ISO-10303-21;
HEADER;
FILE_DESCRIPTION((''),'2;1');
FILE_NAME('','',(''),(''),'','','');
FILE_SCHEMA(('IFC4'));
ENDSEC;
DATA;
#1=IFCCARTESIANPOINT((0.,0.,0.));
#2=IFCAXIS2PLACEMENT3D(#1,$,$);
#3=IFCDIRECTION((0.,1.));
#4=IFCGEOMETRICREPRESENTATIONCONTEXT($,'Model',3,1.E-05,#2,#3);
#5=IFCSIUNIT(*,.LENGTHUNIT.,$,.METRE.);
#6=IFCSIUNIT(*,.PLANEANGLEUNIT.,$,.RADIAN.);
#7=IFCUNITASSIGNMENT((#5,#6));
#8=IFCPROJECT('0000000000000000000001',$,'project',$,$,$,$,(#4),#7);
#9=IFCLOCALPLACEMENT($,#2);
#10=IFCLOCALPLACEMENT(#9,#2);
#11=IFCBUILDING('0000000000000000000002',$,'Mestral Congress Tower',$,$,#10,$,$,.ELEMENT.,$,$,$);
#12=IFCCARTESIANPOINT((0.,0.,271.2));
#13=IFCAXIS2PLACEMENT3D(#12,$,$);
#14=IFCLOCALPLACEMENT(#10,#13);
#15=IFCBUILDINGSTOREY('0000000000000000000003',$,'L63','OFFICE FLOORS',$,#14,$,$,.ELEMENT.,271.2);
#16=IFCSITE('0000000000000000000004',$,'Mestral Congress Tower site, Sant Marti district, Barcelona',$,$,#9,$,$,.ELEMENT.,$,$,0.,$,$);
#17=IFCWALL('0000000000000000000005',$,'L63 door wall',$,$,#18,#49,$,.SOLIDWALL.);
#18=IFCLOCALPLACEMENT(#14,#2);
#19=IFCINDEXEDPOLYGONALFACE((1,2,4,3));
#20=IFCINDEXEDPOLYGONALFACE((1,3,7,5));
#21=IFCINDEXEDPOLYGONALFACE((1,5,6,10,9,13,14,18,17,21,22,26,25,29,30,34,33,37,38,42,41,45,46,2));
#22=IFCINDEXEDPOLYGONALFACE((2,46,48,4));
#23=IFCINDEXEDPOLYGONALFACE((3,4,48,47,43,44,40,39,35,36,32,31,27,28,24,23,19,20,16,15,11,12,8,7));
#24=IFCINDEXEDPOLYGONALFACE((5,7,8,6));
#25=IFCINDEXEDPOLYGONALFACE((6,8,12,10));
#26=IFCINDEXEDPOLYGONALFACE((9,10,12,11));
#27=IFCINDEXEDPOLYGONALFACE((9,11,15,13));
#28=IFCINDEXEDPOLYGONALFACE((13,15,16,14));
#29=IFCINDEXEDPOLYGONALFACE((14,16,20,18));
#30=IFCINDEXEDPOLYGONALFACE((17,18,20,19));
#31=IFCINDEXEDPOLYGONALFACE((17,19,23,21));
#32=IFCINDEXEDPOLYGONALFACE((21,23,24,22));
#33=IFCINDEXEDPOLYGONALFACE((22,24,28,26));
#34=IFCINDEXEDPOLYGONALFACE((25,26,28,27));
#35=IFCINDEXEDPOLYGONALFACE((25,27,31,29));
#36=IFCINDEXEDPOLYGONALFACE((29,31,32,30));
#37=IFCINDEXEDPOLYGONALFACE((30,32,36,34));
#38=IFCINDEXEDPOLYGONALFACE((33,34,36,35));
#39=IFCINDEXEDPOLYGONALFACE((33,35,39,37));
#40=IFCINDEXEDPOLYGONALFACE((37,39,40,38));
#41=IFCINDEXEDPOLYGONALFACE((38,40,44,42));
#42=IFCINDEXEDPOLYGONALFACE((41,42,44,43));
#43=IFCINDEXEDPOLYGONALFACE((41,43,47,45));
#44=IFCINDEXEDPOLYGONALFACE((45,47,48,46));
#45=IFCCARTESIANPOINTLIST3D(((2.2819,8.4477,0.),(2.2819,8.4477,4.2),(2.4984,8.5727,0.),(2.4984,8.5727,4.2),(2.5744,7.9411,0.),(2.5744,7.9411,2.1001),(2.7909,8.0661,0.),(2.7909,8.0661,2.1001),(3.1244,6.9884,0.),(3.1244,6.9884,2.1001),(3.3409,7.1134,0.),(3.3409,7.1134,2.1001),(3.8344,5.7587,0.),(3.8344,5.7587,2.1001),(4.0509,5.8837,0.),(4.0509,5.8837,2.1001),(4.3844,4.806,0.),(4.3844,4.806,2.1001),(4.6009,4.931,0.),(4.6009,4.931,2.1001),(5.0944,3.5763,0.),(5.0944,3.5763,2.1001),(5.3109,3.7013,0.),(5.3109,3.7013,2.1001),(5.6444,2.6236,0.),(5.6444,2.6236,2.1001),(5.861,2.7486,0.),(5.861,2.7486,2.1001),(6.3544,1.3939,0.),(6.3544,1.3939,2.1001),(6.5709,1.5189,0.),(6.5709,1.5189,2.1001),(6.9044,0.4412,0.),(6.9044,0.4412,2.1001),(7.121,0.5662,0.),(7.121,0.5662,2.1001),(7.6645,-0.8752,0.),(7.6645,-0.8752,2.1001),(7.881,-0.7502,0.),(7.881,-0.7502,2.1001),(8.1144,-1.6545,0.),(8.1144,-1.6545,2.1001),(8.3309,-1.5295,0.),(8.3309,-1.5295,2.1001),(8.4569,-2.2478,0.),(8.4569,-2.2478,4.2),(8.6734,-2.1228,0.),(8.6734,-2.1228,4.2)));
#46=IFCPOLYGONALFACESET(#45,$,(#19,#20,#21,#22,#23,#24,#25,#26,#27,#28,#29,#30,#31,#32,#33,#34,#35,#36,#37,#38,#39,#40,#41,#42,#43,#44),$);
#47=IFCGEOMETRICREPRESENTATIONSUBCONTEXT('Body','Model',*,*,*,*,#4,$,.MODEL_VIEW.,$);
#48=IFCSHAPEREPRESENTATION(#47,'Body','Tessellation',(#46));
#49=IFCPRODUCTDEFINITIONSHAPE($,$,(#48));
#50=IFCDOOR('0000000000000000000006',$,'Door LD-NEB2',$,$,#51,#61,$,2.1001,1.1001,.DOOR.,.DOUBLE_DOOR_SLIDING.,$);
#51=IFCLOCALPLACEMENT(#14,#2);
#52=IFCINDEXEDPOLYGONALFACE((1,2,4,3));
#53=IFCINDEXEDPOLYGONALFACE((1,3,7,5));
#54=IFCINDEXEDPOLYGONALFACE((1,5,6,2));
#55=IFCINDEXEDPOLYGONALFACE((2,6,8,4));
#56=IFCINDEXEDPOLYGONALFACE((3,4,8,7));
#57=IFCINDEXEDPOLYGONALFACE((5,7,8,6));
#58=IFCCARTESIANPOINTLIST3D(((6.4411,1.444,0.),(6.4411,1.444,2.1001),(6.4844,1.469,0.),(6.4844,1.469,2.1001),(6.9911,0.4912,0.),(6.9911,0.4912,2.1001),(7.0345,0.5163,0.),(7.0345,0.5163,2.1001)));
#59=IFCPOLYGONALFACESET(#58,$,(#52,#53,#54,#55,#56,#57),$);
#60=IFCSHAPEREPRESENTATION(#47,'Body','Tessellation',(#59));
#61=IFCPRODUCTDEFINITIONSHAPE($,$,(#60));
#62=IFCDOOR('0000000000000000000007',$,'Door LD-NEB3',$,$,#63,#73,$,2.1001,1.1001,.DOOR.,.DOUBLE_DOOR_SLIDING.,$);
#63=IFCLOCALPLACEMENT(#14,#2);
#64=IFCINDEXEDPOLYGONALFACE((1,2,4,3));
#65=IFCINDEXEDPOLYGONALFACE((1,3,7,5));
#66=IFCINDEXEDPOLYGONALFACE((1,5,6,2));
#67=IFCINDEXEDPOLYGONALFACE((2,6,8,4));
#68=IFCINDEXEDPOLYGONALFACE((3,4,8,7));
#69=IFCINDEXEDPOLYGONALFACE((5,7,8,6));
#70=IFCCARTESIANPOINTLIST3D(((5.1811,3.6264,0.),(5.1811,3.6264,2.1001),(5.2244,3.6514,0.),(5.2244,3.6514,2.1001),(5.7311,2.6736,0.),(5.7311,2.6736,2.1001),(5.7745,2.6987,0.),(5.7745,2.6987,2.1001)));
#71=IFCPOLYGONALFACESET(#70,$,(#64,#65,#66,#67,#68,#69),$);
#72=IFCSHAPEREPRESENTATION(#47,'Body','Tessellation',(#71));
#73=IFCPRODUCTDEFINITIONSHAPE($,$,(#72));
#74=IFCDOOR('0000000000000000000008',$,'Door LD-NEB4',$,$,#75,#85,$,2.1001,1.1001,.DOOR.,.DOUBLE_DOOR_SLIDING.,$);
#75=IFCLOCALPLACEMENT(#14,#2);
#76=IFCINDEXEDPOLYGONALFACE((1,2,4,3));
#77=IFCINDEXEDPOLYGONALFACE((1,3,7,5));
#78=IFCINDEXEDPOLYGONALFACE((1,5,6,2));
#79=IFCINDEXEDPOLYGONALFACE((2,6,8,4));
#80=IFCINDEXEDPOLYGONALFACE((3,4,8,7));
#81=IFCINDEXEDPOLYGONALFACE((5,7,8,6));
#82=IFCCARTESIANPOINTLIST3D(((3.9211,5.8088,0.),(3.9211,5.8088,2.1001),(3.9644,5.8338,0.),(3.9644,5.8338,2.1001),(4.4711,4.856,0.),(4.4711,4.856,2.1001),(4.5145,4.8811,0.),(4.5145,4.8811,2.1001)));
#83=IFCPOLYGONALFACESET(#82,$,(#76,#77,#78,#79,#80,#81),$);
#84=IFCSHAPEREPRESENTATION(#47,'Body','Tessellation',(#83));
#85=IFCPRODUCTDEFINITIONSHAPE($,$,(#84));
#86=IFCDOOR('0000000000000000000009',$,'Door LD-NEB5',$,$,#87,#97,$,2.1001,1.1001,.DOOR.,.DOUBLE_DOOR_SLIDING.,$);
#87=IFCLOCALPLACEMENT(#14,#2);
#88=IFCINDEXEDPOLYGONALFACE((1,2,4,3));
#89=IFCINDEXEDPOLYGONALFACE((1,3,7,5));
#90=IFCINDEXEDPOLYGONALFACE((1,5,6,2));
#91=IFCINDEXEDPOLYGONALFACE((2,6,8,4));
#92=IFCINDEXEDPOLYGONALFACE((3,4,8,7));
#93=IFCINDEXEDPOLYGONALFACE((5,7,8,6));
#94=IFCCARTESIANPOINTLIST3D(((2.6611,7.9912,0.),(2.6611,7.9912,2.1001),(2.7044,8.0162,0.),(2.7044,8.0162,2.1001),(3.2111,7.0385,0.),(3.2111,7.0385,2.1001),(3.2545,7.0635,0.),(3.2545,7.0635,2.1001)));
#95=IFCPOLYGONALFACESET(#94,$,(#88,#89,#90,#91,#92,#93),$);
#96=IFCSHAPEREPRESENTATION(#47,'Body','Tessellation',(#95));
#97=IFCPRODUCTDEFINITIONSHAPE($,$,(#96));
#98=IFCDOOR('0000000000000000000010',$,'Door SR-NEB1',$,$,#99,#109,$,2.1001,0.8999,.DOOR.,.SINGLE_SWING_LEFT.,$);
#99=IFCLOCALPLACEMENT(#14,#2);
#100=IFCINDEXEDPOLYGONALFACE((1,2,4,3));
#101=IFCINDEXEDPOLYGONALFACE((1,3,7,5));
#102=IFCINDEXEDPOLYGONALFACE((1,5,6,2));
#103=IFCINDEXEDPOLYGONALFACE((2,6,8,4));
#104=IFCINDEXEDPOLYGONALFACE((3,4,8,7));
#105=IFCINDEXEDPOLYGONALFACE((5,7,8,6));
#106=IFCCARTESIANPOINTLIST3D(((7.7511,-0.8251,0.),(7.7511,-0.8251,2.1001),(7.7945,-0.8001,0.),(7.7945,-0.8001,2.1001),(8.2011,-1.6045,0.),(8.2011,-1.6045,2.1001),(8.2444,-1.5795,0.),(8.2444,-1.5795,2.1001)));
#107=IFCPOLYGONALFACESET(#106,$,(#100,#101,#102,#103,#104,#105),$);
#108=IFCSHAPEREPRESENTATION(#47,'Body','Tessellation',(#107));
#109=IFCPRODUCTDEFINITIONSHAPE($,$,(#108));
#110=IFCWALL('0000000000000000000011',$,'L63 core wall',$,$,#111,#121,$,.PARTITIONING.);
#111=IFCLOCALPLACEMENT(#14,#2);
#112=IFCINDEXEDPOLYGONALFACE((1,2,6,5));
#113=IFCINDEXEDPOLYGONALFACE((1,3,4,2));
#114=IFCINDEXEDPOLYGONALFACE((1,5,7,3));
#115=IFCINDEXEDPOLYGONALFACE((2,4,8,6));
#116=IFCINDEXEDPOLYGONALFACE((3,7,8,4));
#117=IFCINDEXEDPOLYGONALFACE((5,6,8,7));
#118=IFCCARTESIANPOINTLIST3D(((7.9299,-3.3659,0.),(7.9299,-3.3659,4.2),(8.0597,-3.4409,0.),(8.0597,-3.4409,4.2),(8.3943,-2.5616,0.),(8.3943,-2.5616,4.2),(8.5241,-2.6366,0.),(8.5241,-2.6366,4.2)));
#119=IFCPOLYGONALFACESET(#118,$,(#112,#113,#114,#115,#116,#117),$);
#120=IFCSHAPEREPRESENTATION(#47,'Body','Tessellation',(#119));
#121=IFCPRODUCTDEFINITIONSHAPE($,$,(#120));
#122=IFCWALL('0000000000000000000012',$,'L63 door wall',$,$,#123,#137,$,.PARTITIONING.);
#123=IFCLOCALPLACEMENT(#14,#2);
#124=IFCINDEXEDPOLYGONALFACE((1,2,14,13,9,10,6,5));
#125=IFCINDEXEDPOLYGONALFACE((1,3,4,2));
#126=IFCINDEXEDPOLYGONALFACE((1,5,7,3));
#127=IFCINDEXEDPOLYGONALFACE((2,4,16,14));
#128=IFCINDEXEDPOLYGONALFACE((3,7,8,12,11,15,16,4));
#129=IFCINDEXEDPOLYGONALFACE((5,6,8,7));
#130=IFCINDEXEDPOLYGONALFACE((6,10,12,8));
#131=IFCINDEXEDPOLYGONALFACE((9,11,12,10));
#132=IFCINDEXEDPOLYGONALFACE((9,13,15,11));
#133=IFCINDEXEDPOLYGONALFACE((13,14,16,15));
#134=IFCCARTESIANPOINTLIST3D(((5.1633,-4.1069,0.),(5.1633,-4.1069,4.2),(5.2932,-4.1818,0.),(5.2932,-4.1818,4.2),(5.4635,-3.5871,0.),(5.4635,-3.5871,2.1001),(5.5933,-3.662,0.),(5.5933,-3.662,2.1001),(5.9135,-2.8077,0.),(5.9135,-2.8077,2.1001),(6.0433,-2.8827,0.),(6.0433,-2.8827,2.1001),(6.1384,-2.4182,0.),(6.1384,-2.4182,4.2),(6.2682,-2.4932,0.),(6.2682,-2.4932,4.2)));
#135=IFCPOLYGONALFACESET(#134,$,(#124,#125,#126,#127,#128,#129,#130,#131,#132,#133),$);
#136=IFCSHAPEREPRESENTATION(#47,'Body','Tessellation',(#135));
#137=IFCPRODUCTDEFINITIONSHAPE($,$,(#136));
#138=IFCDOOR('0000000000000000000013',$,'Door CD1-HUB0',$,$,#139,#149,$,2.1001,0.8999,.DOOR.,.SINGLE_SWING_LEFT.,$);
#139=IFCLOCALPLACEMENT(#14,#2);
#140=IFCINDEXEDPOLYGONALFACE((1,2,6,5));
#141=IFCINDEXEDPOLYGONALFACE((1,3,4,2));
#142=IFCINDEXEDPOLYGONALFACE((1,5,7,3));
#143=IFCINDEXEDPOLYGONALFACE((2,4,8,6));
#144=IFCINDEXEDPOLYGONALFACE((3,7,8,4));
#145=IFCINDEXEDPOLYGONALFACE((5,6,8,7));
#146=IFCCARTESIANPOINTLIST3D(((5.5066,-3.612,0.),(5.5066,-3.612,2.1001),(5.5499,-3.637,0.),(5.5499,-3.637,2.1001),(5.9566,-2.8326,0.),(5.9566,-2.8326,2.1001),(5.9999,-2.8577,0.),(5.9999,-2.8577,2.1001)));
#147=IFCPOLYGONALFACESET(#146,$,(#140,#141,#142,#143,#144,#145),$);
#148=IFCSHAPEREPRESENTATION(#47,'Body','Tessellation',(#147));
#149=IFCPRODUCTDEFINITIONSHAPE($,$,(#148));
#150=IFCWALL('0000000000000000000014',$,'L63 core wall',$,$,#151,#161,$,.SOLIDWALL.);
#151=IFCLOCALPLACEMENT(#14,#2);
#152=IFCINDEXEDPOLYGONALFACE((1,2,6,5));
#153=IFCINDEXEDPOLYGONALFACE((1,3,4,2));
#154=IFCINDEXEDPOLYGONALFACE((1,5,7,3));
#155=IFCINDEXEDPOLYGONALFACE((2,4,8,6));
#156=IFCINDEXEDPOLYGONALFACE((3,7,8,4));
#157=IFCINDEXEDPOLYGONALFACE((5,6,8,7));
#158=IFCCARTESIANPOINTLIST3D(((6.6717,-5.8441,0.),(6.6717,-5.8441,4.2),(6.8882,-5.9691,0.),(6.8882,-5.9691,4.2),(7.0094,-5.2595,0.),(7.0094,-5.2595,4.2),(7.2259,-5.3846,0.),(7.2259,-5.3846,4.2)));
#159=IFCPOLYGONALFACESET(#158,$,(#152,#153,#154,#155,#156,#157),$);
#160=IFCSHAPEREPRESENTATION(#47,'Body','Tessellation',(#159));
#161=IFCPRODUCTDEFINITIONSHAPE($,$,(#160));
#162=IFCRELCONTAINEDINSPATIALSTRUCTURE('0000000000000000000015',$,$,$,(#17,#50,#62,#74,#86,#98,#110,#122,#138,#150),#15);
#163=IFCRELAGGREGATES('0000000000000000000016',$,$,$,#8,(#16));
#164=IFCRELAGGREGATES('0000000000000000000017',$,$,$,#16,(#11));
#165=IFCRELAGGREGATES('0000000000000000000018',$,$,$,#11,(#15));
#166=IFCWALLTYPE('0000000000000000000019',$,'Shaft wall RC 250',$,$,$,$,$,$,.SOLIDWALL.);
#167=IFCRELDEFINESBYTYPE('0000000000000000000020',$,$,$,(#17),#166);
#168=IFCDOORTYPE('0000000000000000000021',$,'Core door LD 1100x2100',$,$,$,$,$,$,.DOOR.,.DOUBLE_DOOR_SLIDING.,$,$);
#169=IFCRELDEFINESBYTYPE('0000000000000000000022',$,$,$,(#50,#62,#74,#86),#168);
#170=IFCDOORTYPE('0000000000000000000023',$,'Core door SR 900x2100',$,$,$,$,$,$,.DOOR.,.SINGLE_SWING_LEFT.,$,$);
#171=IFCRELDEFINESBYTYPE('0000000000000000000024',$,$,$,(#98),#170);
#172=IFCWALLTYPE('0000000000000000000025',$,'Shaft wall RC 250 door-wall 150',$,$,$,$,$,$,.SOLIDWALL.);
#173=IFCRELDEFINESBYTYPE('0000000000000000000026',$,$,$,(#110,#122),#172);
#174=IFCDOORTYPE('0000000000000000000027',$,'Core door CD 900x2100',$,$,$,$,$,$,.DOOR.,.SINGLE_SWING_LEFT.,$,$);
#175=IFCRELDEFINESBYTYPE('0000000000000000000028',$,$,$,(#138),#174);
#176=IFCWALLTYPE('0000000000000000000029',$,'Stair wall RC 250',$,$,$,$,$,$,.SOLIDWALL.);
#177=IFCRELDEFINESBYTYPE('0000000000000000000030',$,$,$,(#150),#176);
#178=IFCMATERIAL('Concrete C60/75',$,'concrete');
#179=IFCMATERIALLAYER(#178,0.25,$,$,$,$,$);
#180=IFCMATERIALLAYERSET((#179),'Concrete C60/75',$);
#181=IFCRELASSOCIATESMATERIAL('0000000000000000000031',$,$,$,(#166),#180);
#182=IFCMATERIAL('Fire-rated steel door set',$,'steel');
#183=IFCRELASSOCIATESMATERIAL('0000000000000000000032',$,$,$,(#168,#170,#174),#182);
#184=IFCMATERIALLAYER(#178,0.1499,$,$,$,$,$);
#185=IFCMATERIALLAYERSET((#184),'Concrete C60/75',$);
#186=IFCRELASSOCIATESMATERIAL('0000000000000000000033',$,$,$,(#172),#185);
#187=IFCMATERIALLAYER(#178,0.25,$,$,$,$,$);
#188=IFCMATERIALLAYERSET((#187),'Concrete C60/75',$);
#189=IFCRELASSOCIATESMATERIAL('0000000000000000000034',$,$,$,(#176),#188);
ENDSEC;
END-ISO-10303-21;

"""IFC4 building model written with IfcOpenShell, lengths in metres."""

from ifc_helpers import new_model, si_unit, direction, frame, frame_2d, origin, place, context, subcontext, project, spatial, rectangle, extrude, material, layer, layer_set, type_object, element, fill, save


model = new_model("IFC4")

# Units and contexts
model_context = context("Model", 3, precision=1e-05, world=origin(), true_north=direction((0.0, 1.0)))
body_context = subcontext(model_context, "Body", "Model", "MODEL_VIEW")
ifc_project = project(units=[si_unit("LENGTHUNIT", "METRE"), si_unit("PLANEANGLEUNIT", "RADIAN")], contexts=[model_context])

# Site, building, storey
site_placement = place(None, origin())
site = spatial("IfcSite", under=ifc_project, at=site_placement, Name="Mestral Congress Tower site, Sant Marti district, Barcelona", CompositionType="ELEMENT", RefElevation=0.0)
building_placement = place(site_placement, origin())
building = spatial("IfcBuilding", under=site, at=building_placement, Name="Mestral Congress Tower", CompositionType="ELEMENT")
storey_placement = place(building_placement, frame((0.0, 0.0, 271.2)))
storey = spatial("IfcBuildingStorey", under=building, at=storey_placement, Name="L63", Description="OFFICE FLOORS", CompositionType="ELEMENT", Elevation=271.2)

# Shared definitions
ifc_material_1 = material(Name="Fire-rated steel door set", Category="steel")

# Shared definitions
ifc_material_2 = material(Name="Concrete C60/75", Category="concrete")
ifc_layer_1 = layer(ifc_material_2, 0.25)
ifc_layer_set_1 = layer_set([ifc_layer_1], Name="Concrete C60/75")
wall_type_1 = type_object("IfcWallType", Name="Shaft wall RC 250", PredefinedType="SOLIDWALL", material=ifc_layer_set_1)

# Wall, openings, doors
wall_1_placement = place(storey_placement, frame((8.5652, -2.1853, 0.0), z_axis=(0.0, 0.0, 1.0), x_axis=(-0.499998, 0.866027, 0.0)))
wall_1 = element("IfcWall", 1, at=wall_1_placement, inside=storey, type_object=wall_type_1, Name="L63 door wall", PredefinedType="SOLIDWALL", context=body_context, shape_type="SweptSolid", body=[
    extrude(rectangle(XDim=12.3501, YDim=0.25, at=frame_2d((6.175, 0.0))), origin(), (0.0, 0.0, 1.0), 4.2),
])
opening_1_placement = place(wall_1_placement, frame((0.6851, 0.0, 0.0)))
opening_1 = element("IfcOpeningElement", 2, at=opening_1_placement, cuts=wall_1, PredefinedType="OPENING", context=body_context, shape_type="SweptSolid", body=[
    extrude(rectangle(XDim=0.8999, YDim=2.1001, at=frame_2d((0.45, 1.05))), frame((0.0, 0.135, 0.0), z_axis=(0.0, -1.0, 0.0), x_axis=(1.0, 0.0, 0.0)), (0.0, 0.0, 1.0), 0.27),
])
opening_2_placement = place(wall_1_placement, frame((3.105, 0.0, 0.0)))
opening_2 = element("IfcOpeningElement", 3, at=opening_2_placement, cuts=wall_1, PredefinedType="OPENING", context=body_context, shape_type="SweptSolid", body=[
    extrude(rectangle(XDim=1.1001, YDim=2.1001, at=frame_2d((0.55, 1.05))), frame((0.0, 0.135, 0.0), z_axis=(0.0, -1.0, 0.0), x_axis=(1.0, 0.0, 0.0)), (0.0, 0.0, 1.0), 0.27),
])
opening_3_placement = place(wall_1_placement, frame((5.625, 0.0, 0.0)))
opening_3 = element("IfcOpeningElement", 4, at=opening_3_placement, cuts=wall_1, PredefinedType="OPENING", context=body_context, shape_type="SweptSolid", body=[
    extrude(rectangle(XDim=1.1001, YDim=2.1001, at=frame_2d((0.55, 1.05))), frame((0.0, 0.135, 0.0), z_axis=(0.0, -1.0, 0.0), x_axis=(1.0, 0.0, 0.0)), (0.0, 0.0, 1.0), 0.27),
])
opening_4_placement = place(wall_1_placement, frame((8.145, 0.0, 0.0)))
opening_4 = element("IfcOpeningElement", 5, at=opening_4_placement, cuts=wall_1, PredefinedType="OPENING", context=body_context, shape_type="SweptSolid", body=[
    extrude(rectangle(XDim=1.1001, YDim=2.1001, at=frame_2d((0.55, 1.05))), frame((0.0, 0.135, 0.0), z_axis=(0.0, -1.0, 0.0), x_axis=(1.0, 0.0, 0.0)), (0.0, 0.0, 1.0), 0.27),
])
opening_5_placement = place(wall_1_placement, frame((10.665, 0.0, 0.0)))
opening_5 = element("IfcOpeningElement", 6, at=opening_5_placement, cuts=wall_1, PredefinedType="OPENING", context=body_context, shape_type="SweptSolid", body=[
    extrude(rectangle(XDim=1.1001, YDim=2.1001, at=frame_2d((0.55, 1.05))), frame((0.0, 0.135, 0.0), z_axis=(0.0, -1.0, 0.0), x_axis=(1.0, 0.0, 0.0)), (0.0, 0.0, 1.0), 0.27),
])
door_type_1 = type_object("IfcDoorType", Name="Core door LD 1100x2100", OperationType="DOUBLE_DOOR_SLIDING", PredefinedType="DOOR", material=ifc_material_1)
door_1_placement = place(opening_2_placement, origin())
door_1 = element("IfcDoor", 7, at=door_1_placement, inside=storey, type_object=door_type_1, Name="Door LD-NEB2", OperationType="DOUBLE_DOOR_SLIDING", OverallHeight=2.1001, OverallWidth=1.1001, PredefinedType="DOOR", context=body_context, shape_type="SweptSolid", body=[
    extrude(rectangle(XDim=1.1001, YDim=2.1001, at=frame_2d((0.55, 1.05))), frame((0.0, 0.0249, 0.0), z_axis=(0.0, -1.0, 0.0), x_axis=(1.0, 0.0, 0.0)), (0.0, 0.0, 1.0), 0.05),
])
fill(opening_2, door_1)
door_2_placement = place(opening_3_placement, origin())
door_2 = element("IfcDoor", 8, at=door_2_placement, inside=storey, type_object=door_type_1, Name="Door LD-NEB3", OperationType="DOUBLE_DOOR_SLIDING", OverallHeight=2.1001, OverallWidth=1.1001, PredefinedType="DOOR", context=body_context, shape_type="SweptSolid", body=[
    extrude(rectangle(XDim=1.1001, YDim=2.1001, at=frame_2d((0.55, 1.05))), frame((0.0, 0.0249, 0.0), z_axis=(0.0, -1.0, 0.0), x_axis=(1.0, 0.0, 0.0)), (0.0, 0.0, 1.0), 0.05),
])
fill(opening_3, door_2)
door_3_placement = place(opening_4_placement, origin())
door_3 = element("IfcDoor", 9, at=door_3_placement, inside=storey, type_object=door_type_1, Name="Door LD-NEB4", OperationType="DOUBLE_DOOR_SLIDING", OverallHeight=2.1001, OverallWidth=1.1001, PredefinedType="DOOR", context=body_context, shape_type="SweptSolid", body=[
    extrude(rectangle(XDim=1.1001, YDim=2.1001, at=frame_2d((0.55, 1.05))), frame((0.0, 0.0249, 0.0), z_axis=(0.0, -1.0, 0.0), x_axis=(1.0, 0.0, 0.0)), (0.0, 0.0, 1.0), 0.05),
])
fill(opening_4, door_3)
door_4_placement = place(opening_5_placement, origin())
door_4 = element("IfcDoor", 10, at=door_4_placement, inside=storey, type_object=door_type_1, Name="Door LD-NEB5", OperationType="DOUBLE_DOOR_SLIDING", OverallHeight=2.1001, OverallWidth=1.1001, PredefinedType="DOOR", context=body_context, shape_type="SweptSolid", body=[
    extrude(rectangle(XDim=1.1001, YDim=2.1001, at=frame_2d((0.55, 1.05))), frame((0.0, 0.0249, 0.0), z_axis=(0.0, -1.0, 0.0), x_axis=(1.0, 0.0, 0.0)), (0.0, 0.0, 1.0), 0.05),
])
fill(opening_5, door_4)
door_type_2 = type_object("IfcDoorType", Name="Core door SR 900x2100", OperationType="SINGLE_SWING_LEFT", PredefinedType="DOOR", material=ifc_material_1)
door_5_placement = place(opening_1_placement, origin())
door_5 = element("IfcDoor", 11, at=door_5_placement, inside=storey, type_object=door_type_2, Name="Door SR-NEB1", OperationType="SINGLE_SWING_LEFT", OverallHeight=2.1001, OverallWidth=0.8999, PredefinedType="DOOR", context=body_context, shape_type="SweptSolid", body=[
    extrude(rectangle(XDim=0.8999, YDim=2.1001, at=frame_2d((0.45, 1.05))), frame((0.0, 0.0249, 0.0), z_axis=(0.0, -1.0, 0.0), x_axis=(1.0, 0.0, 0.0)), (0.0, 0.0, 1.0), 0.05),
])
fill(opening_1, door_5)

# Wall
ifc_layer_2 = layer(ifc_material_2, 0.1499)
ifc_layer_set_2 = layer_set([ifc_layer_2], Name="Concrete C60/75")
wall_type_2 = type_object("IfcWallType", Name="Shaft wall RC 250 door-wall 150", PredefinedType="SOLIDWALL", material=ifc_layer_set_2)
wall_2_placement = place(storey_placement, frame((8.4592, -2.5991, 0.0), z_axis=(0.0, 0.0, 1.0), x_axis=(-0.500041, -0.866002, 0.0)))
element("IfcWall", 12, at=wall_2_placement, inside=storey, type_object=wall_type_2, Name="L63 core wall", PredefinedType="PARTITIONING", context=body_context, shape_type="SweptSolid", body=[
    extrude(rectangle(XDim=0.9287, YDim=0.1499, at=frame_2d((0.4644, 0.0))), origin(), (0.0, 0.0, 1.0), 4.2),
])

# Wall, opening, door
wall_3_placement = place(storey_placement, frame((6.2034, -2.4556, 0.0), z_axis=(0.0, 0.0, 1.0), x_axis=(-0.500044, -0.866, 0.0)))
wall_3 = element("IfcWall", 13, at=wall_3_placement, inside=storey, type_object=wall_type_2, Name="L63 door wall", PredefinedType="PARTITIONING", context=body_context, shape_type="SweptSolid", body=[
    extrude(rectangle(XDim=1.95, YDim=0.1499, at=frame_2d((0.9751, 0.0))), origin(), (0.0, 0.0, 1.0), 4.2),
])
opening_6_placement = place(wall_3_placement, frame((0.45, 0.0, 0.0)))
opening_6 = element("IfcOpeningElement", 14, at=opening_6_placement, cuts=wall_3, PredefinedType="OPENING", context=body_context, shape_type="SweptSolid", body=[
    extrude(rectangle(XDim=0.8999, YDim=2.1001, at=frame_2d((0.45, 1.05))), frame((0.0, 0.085, 0.0), z_axis=(0.0, -1.0, 0.0), x_axis=(1.0, 0.0, 0.0)), (0.0, 0.0, 1.0), 0.1699),
])
door_type_3 = type_object("IfcDoorType", Name="Core door CD 900x2100", OperationType="SINGLE_SWING_LEFT", PredefinedType="DOOR", material=ifc_material_1)
door_6_placement = place(opening_6_placement, origin())
door_6 = element("IfcDoor", 15, at=door_6_placement, inside=storey, type_object=door_type_3, Name="Door CD1-HUB0", OperationType="SINGLE_SWING_LEFT", OverallHeight=2.1001, OverallWidth=0.8999, PredefinedType="DOOR", context=body_context, shape_type="SweptSolid", body=[
    extrude(rectangle(XDim=0.8999, YDim=2.1001, at=frame_2d((0.45, 1.05))), frame((0.0, 0.0249, 0.0), z_axis=(0.0, -1.0, 0.0), x_axis=(1.0, 0.0, 0.0)), (0.0, 0.0, 1.0), 0.05),
])
fill(opening_6, door_6)

# Wall
ifc_layer_3 = layer(ifc_material_2, 0.25)
ifc_layer_set_3 = layer_set([ifc_layer_3], Name="Concrete C60/75")
wall_type_3 = type_object("IfcWallType", Name="Stair wall RC 250", PredefinedType="SOLIDWALL", material=ifc_layer_set_3)
wall_4_placement = place(storey_placement, frame((6.78, -5.9065, 0.0), z_axis=(0.0, 0.0, 1.0), x_axis=(0.500223, 0.865896, 0.0)))
element("IfcWall", 16, at=wall_4_placement, inside=storey, type_object=wall_type_3, Name="L63 core wall", PredefinedType="SOLIDWALL", context=body_context, shape_type="SweptSolid", body=[
    extrude(rectangle(XDim=0.675, YDim=0.25, at=frame_2d((0.3374, 0.0))), origin(), (0.0, 0.0, 1.0), 4.2),
])

save(model, "model.ifc")
